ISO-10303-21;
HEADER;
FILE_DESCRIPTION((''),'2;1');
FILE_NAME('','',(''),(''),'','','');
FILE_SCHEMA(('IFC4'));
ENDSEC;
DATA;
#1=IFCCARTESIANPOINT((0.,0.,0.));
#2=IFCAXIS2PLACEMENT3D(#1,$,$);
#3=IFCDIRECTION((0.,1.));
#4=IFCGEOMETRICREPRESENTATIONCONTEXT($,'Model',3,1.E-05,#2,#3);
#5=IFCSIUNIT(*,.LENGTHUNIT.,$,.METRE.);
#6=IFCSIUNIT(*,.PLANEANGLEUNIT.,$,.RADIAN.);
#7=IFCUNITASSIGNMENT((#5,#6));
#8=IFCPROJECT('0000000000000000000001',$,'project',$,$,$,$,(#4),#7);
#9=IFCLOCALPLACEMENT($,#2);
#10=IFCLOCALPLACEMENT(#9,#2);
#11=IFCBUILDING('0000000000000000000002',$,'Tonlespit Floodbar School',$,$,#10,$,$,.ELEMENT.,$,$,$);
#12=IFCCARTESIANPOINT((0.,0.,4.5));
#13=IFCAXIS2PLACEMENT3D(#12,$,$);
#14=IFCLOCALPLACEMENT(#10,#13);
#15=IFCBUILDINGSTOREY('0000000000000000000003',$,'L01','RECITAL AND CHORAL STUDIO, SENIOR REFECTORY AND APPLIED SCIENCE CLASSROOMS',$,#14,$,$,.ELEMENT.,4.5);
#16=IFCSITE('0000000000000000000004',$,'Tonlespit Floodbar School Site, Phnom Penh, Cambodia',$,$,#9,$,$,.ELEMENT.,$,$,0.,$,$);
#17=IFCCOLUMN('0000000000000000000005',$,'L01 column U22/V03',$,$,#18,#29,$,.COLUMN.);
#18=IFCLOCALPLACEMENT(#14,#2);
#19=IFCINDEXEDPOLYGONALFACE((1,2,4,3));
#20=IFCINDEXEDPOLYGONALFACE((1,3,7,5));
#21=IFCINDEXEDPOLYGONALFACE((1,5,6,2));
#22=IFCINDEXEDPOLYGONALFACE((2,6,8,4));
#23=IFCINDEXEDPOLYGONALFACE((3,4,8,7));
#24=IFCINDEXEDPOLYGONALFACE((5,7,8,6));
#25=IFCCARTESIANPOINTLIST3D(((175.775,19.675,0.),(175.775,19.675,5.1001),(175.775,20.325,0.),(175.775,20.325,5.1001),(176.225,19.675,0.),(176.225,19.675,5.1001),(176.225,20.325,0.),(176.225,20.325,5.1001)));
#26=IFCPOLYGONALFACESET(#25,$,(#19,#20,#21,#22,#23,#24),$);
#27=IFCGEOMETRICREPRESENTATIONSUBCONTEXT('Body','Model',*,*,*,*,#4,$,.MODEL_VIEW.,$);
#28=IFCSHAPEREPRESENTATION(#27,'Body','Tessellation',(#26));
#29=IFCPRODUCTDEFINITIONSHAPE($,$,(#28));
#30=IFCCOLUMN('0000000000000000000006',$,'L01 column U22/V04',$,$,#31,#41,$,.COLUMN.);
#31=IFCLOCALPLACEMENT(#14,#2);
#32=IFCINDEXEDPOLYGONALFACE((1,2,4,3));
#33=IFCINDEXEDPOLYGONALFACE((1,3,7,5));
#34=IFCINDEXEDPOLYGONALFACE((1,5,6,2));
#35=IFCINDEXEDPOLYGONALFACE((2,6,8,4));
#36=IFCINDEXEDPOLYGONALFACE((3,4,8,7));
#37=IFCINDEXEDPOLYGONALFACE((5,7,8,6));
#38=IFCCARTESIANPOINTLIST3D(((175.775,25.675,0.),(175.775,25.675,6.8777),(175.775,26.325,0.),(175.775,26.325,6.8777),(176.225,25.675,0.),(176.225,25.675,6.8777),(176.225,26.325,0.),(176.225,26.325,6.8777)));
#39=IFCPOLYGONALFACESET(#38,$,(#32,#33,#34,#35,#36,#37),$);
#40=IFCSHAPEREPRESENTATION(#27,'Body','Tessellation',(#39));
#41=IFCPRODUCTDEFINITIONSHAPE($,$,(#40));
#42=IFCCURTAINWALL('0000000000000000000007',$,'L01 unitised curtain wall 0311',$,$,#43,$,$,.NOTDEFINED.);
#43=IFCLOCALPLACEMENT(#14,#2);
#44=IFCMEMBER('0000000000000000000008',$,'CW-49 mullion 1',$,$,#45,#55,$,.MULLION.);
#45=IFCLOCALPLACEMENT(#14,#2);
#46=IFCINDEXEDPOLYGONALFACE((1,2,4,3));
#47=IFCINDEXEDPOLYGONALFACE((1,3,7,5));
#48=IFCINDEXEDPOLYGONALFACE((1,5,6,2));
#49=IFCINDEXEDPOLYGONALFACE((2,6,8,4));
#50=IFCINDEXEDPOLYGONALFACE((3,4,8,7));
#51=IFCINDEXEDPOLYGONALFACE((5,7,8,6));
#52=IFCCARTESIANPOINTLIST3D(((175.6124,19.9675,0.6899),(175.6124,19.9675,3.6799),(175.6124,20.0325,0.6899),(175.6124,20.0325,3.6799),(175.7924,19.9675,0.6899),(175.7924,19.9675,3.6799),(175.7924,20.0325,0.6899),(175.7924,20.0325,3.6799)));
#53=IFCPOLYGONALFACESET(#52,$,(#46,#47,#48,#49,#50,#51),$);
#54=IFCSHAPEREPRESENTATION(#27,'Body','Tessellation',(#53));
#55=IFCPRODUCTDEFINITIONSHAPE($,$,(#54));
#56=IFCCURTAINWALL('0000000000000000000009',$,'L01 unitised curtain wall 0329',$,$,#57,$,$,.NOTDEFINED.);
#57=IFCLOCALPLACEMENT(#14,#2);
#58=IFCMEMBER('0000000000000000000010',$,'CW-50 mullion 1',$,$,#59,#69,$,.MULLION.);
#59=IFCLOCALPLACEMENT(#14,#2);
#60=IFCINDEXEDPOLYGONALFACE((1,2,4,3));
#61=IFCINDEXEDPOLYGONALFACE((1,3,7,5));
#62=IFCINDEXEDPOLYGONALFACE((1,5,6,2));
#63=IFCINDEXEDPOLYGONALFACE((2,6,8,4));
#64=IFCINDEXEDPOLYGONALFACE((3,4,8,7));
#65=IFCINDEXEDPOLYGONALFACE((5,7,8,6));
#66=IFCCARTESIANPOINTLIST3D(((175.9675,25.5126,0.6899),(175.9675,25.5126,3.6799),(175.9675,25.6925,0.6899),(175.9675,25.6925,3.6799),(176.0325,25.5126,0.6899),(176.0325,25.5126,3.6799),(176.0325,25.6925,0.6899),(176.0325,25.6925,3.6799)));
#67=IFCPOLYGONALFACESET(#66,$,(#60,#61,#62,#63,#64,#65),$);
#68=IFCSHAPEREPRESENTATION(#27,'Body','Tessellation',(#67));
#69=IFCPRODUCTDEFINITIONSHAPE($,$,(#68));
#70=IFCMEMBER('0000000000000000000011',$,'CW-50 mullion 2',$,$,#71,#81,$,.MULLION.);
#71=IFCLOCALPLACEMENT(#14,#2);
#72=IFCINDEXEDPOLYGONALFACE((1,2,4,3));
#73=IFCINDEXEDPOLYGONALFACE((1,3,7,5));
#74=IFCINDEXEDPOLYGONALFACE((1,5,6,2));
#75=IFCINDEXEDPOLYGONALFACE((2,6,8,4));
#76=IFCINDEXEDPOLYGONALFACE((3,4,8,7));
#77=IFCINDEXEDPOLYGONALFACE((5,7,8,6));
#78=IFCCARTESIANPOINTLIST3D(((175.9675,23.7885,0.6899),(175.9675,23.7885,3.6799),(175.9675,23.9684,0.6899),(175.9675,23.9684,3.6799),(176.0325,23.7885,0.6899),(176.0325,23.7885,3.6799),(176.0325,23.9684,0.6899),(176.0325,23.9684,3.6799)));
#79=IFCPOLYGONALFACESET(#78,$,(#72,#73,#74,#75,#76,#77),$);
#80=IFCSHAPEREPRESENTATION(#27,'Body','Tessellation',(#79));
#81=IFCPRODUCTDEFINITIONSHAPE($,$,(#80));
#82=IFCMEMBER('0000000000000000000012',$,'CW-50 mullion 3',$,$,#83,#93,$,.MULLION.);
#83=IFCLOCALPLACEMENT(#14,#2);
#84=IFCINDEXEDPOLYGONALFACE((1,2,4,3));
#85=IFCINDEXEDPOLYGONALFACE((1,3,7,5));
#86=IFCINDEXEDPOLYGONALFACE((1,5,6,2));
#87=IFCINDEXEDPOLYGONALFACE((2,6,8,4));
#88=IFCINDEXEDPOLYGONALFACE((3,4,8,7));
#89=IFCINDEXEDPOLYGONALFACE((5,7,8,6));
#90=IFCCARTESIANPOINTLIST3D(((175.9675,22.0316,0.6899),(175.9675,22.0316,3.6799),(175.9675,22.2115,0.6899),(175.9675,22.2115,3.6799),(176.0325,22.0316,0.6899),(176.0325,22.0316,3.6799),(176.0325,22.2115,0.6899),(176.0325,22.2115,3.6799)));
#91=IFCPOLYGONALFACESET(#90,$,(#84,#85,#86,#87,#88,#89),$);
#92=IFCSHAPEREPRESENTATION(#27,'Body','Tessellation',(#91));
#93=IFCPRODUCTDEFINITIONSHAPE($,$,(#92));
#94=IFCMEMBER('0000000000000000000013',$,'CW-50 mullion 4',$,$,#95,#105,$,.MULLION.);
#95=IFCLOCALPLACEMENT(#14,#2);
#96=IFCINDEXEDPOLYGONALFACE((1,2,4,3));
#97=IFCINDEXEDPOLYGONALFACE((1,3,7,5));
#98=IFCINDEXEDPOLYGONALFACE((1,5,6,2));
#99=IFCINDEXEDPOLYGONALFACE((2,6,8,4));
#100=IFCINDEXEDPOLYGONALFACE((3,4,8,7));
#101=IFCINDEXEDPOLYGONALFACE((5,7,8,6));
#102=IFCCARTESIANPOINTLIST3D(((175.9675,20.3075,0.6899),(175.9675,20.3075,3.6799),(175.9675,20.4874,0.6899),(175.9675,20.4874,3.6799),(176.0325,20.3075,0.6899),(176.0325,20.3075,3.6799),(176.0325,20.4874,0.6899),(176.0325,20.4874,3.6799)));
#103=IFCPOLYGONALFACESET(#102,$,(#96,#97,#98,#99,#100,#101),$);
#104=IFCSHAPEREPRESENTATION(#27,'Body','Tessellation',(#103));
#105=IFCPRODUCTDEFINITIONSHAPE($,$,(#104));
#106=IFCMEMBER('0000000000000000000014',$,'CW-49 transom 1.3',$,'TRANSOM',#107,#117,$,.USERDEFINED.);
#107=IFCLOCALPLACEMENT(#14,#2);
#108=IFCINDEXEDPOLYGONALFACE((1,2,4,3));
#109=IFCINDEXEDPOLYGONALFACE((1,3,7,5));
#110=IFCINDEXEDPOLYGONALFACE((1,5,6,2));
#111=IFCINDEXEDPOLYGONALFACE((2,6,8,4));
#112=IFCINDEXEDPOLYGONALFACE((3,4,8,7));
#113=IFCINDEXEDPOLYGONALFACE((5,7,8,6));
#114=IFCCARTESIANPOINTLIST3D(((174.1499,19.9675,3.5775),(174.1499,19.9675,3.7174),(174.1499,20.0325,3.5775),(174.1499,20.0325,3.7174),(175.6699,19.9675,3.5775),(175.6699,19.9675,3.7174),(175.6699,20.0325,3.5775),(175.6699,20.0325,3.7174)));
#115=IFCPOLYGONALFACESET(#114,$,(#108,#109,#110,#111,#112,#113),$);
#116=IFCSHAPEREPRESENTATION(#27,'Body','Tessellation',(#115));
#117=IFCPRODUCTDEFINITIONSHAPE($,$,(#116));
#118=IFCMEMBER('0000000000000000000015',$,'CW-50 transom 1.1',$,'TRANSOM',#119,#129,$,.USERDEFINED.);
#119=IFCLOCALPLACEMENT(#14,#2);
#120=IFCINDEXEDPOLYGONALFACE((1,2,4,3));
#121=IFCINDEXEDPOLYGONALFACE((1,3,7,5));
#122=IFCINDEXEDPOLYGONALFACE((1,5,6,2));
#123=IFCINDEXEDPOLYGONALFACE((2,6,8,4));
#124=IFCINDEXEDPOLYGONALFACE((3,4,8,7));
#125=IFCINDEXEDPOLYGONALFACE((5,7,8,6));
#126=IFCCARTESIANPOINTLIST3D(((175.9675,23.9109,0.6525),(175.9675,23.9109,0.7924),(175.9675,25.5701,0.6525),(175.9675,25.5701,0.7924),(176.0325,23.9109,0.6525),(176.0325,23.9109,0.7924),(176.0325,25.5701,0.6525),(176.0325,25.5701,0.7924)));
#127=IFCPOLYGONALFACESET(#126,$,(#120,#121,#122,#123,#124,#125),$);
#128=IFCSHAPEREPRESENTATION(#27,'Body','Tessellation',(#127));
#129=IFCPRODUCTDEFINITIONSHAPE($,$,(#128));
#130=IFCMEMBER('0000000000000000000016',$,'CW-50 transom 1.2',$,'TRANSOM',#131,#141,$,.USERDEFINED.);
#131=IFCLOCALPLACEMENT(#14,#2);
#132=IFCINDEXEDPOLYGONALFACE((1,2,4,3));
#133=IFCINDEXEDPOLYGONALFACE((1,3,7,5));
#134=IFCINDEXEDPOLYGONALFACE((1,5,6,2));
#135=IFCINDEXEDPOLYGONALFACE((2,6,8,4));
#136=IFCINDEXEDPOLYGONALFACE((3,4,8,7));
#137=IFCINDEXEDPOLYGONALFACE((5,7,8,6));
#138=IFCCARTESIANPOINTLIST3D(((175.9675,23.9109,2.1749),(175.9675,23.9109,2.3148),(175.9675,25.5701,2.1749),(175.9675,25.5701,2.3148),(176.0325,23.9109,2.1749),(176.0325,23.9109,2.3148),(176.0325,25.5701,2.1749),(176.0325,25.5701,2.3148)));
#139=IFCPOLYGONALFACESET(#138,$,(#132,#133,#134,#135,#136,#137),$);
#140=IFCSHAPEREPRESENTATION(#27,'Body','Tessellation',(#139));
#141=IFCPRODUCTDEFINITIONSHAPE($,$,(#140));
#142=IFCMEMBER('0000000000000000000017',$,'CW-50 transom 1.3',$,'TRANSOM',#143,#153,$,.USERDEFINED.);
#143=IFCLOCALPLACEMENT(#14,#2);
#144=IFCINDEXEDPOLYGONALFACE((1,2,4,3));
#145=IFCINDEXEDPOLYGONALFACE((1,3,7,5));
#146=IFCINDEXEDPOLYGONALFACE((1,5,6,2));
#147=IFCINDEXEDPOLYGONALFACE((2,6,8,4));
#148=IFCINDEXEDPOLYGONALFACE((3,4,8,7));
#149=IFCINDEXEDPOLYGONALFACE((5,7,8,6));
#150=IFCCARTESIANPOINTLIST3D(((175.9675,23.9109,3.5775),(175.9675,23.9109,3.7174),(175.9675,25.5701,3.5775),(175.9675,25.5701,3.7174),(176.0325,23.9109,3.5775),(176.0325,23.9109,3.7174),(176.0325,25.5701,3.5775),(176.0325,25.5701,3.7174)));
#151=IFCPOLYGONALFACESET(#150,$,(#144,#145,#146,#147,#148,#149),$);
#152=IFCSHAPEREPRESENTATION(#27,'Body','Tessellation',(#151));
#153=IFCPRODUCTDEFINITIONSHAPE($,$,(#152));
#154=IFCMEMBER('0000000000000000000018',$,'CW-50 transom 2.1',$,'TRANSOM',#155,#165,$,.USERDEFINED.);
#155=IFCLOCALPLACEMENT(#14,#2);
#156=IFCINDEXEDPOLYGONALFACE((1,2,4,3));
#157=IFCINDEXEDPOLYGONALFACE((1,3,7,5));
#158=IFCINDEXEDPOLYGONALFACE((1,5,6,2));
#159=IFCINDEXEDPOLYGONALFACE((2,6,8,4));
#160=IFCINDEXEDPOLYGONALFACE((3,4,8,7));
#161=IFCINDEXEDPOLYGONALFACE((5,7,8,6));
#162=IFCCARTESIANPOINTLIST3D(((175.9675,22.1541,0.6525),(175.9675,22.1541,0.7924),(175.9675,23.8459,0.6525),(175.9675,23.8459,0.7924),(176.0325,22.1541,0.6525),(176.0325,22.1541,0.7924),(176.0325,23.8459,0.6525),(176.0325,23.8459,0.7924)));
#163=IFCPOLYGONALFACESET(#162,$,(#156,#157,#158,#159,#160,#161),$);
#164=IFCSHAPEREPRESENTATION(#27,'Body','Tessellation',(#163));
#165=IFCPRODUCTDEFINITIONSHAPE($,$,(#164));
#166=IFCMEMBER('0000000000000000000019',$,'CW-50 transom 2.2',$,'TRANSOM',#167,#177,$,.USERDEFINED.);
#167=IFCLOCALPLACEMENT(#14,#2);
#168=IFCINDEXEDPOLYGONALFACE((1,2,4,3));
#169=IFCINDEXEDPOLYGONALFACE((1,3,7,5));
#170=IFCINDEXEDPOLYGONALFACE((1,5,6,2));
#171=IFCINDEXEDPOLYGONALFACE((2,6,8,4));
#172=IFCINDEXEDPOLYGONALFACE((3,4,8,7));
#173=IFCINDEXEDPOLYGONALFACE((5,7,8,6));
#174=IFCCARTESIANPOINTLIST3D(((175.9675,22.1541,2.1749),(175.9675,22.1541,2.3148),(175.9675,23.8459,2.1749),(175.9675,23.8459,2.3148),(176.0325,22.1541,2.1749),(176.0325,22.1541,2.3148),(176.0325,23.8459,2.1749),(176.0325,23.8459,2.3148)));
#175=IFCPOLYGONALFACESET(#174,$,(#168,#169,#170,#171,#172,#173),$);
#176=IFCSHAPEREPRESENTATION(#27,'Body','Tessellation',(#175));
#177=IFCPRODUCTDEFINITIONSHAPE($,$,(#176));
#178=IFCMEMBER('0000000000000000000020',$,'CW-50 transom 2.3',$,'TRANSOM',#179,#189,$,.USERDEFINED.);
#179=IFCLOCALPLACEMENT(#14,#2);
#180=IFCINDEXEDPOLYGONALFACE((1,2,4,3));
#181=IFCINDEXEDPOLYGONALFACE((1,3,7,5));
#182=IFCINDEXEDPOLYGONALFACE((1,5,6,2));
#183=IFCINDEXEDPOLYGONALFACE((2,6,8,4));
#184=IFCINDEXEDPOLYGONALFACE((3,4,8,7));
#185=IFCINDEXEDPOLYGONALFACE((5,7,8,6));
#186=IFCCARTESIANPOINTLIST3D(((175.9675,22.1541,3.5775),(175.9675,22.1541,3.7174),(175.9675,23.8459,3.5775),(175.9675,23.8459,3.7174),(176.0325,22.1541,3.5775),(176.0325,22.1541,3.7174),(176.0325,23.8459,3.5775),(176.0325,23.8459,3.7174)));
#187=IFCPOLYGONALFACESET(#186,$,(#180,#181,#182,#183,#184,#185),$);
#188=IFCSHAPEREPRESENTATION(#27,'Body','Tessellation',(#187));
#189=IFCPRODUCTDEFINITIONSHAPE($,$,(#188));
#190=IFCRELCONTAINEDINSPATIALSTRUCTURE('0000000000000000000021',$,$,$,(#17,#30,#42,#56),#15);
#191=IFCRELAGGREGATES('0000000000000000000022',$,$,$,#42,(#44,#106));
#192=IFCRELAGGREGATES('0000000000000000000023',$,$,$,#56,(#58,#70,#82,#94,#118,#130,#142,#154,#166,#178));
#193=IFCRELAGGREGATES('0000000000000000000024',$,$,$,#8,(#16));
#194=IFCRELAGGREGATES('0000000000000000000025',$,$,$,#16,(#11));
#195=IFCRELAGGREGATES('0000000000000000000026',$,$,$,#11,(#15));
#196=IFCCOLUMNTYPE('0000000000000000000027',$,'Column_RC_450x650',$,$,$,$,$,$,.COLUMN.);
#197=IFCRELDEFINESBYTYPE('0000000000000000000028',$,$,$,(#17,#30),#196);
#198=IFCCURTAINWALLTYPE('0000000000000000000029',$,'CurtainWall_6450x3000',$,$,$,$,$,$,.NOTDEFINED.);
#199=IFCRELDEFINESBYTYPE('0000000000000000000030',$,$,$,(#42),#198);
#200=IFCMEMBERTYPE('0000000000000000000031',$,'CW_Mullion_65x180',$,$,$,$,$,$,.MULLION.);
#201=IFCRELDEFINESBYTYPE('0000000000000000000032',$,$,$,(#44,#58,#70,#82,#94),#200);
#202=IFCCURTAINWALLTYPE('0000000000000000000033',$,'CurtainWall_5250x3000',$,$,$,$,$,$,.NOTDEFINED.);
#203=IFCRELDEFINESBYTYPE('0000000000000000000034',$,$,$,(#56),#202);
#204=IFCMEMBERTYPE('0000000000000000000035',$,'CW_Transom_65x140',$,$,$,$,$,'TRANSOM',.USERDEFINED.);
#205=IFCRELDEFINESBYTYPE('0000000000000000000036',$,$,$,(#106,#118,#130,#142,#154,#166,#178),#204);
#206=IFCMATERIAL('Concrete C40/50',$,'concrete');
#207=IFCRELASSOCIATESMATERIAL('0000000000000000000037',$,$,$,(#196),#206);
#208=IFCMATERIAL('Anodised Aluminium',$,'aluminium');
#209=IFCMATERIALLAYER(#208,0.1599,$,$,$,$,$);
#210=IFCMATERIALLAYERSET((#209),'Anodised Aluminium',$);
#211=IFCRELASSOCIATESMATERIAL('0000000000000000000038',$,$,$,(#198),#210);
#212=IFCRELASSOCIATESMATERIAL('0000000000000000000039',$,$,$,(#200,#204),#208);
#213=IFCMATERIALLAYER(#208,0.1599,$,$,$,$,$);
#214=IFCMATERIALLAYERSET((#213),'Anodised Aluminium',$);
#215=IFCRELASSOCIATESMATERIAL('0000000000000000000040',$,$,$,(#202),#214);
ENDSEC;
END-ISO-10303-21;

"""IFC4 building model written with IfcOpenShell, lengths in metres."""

from ifc_helpers import new_model, si_unit, direction, frame, origin, origin_2d, place, context, subcontext, project, spatial, rectangle, extrude, material, layer, layer_set, material_profile, profile_set, type_object, element, aggregate, save


model = new_model("IFC4")

# Units and contexts
model_context = context("Model", 3, precision=1e-05, world=origin(), true_north=direction((0.0, 1.0)))
body_context = subcontext(model_context, "Body", "Model", "MODEL_VIEW")
ifc_project = project(units=[si_unit("LENGTHUNIT", "METRE"), si_unit("PLANEANGLEUNIT", "RADIAN")], contexts=[model_context])

# Site, building, storey
site_placement = place(None, origin())
site = spatial("IfcSite", under=ifc_project, at=site_placement, Name="Tonlespit Floodbar School Site, Phnom Penh, Cambodia", CompositionType="ELEMENT", RefElevation=0.0)
building_placement = place(site_placement, origin())
building = spatial("IfcBuilding", under=site, at=building_placement, Name="Tonlespit Floodbar School", CompositionType="ELEMENT")
storey_placement = place(building_placement, frame((0.0, 0.0, 4.5)))
storey = spatial("IfcBuildingStorey", under=building, at=storey_placement, Name="L01", Description="RECITAL AND CHORAL STUDIO, SENIOR REFECTORY AND APPLIED SCIENCE CLASSROOMS", CompositionType="ELEMENT", Elevation=4.5)

# Columns
ifc_material_1 = material(Name="Concrete C40/50", Category="concrete")
ifc_material_profile_1 = material_profile(ifc_material_1, rectangle(XDim=0.45, YDim=0.6499, at=origin_2d()), Name="RC 450x650")
ifc_profile_set_1 = profile_set([ifc_material_profile_1], Name="Concrete C40/50")
column_type = type_object("IfcColumnType", Name="Column_RC_450x650", PredefinedType="COLUMN", material=ifc_profile_set_1)
column_1_placement = place(storey_placement, frame((176.0, 20.0, 0.0), z_axis=(0.0, 0.0, 1.0), x_axis=(1.0, 0.0, 0.0)))
element("IfcColumn", 1, at=column_1_placement, inside=storey, type_object=column_type, Name="L01 column U22/V03", PredefinedType="COLUMN", context=body_context, shape_type="SweptSolid", body=[
    extrude(rectangle(XDim=0.45, YDim=0.6499, at=origin_2d()), origin(), (0.0, 0.0, 1.0), 5.1001),
])
column_2_placement = place(storey_placement, frame((176.0, 26.0, 0.0), z_axis=(0.0, 0.0, 1.0), x_axis=(1.0, 0.0, 0.0)))
element("IfcColumn", 2, at=column_2_placement, inside=storey, type_object=column_type, Name="L01 column U22/V04", PredefinedType="COLUMN", context=body_context, shape_type="SweptSolid", body=[
    extrude(rectangle(XDim=0.45, YDim=0.6499, at=origin_2d()), origin(), (0.0, 0.0, 1.0), 6.8777),
])

# Curtain wall, member
ifc_material_2 = material(Name="Anodised Aluminium", Category="aluminium")
ifc_layer_1 = layer(ifc_material_2, 0.1599)
ifc_layer_set_1 = layer_set([ifc_layer_1], Name="Anodised Aluminium")
curtain_wall_type_1 = type_object("IfcCurtainWallType", Name="CurtainWall_6450x3000", PredefinedType="NOTDEFINED", material=ifc_layer_set_1)
curtain_wall_1_placement = place(storey_placement, origin())
curtain_wall_1 = element("IfcCurtainWall", 3, at=curtain_wall_1_placement, inside=storey, type_object=curtain_wall_type_1, Name="L01 unitised curtain wall 0311", PredefinedType="NOTDEFINED")
ifc_material_profile_2 = material_profile(ifc_material_2, rectangle(XDim=0.0649, YDim=0.1799, at=origin_2d()), Name="ALU M65x180")
ifc_profile_set_2 = profile_set([ifc_material_profile_2], Name="Anodised Aluminium")
member_type_1 = type_object("IfcMemberType", Name="CW_Mullion_65x180", PredefinedType="MULLION", material=ifc_profile_set_2)
member_1_placement = place(storey_placement, frame((175.7024, 20.0, 0.6899), z_axis=(0.0, 0.0, 1.0), x_axis=(0.0, -1.0, 0.0)))
member_1 = element("IfcMember", 4, at=member_1_placement, type_object=member_type_1, Name="CW-49 mullion 1", PredefinedType="MULLION", context=body_context, shape_type="SweptSolid", body=[
    extrude(rectangle(XDim=0.0649, YDim=0.1799, at=origin_2d()), origin(), (0.0, 0.0, 1.0), 2.99),
])

# Curtain wall, members
ifc_layer_2 = layer(ifc_material_2, 0.1599)
ifc_layer_set_2 = layer_set([ifc_layer_2], Name="Anodised Aluminium")
curtain_wall_type_2 = type_object("IfcCurtainWallType", Name="CurtainWall_5250x3000", PredefinedType="NOTDEFINED", material=ifc_layer_set_2)
curtain_wall_2_placement = place(storey_placement, origin())
curtain_wall_2 = element("IfcCurtainWall", 5, at=curtain_wall_2_placement, inside=storey, type_object=curtain_wall_type_2, Name="L01 unitised curtain wall 0329", PredefinedType="NOTDEFINED")
member_2_placement = place(storey_placement, frame((176.0, 25.6025, 0.6899), z_axis=(0.0, 0.0, 1.0), x_axis=(1.0, 0.0, 0.0)))
member_2 = element("IfcMember", 6, at=member_2_placement, type_object=member_type_1, Name="CW-50 mullion 1", PredefinedType="MULLION", context=body_context, shape_type="SweptSolid", body=[
    extrude(rectangle(XDim=0.0649, YDim=0.1799, at=origin_2d()), origin(), (0.0, 0.0, 1.0), 2.99),
])
member_3_placement = place(storey_placement, frame((176.0, 23.8784, 0.6899), z_axis=(0.0, 0.0, 1.0), x_axis=(1.0, 0.0, 0.0)))
member_3 = element("IfcMember", 7, at=member_3_placement, type_object=member_type_1, Name="CW-50 mullion 2", PredefinedType="MULLION", context=body_context, shape_type="SweptSolid", body=[
    extrude(rectangle(XDim=0.0649, YDim=0.1799, at=origin_2d()), origin(), (0.0, 0.0, 1.0), 2.99),
])
member_4_placement = place(storey_placement, frame((176.0, 22.1216, 0.6899), z_axis=(0.0, 0.0, 1.0), x_axis=(1.0, 0.0, 0.0)))
member_4 = element("IfcMember", 8, at=member_4_placement, type_object=member_type_1, Name="CW-50 mullion 3", PredefinedType="MULLION", context=body_context, shape_type="SweptSolid", body=[
    extrude(rectangle(XDim=0.0649, YDim=0.1799, at=origin_2d()), origin(), (0.0, 0.0, 1.0), 2.99),
])
member_5_placement = place(storey_placement, frame((176.0, 20.3975, 0.6899), z_axis=(0.0, 0.0, 1.0), x_axis=(1.0, 0.0, 0.0)))
member_5 = element("IfcMember", 9, at=member_5_placement, type_object=member_type_1, Name="CW-50 mullion 4", PredefinedType="MULLION", context=body_context, shape_type="SweptSolid", body=[
    extrude(rectangle(XDim=0.0649, YDim=0.1799, at=origin_2d()), origin(), (0.0, 0.0, 1.0), 2.99),
])

# Members
ifc_material_profile_3 = material_profile(ifc_material_2, rectangle(XDim=0.0649, YDim=0.1399, at=origin_2d()), Name="ALU T65x140")
ifc_profile_set_3 = profile_set([ifc_material_profile_3], Name="Anodised Aluminium")
member_type_2 = type_object("IfcMemberType", Name="CW_Transom_65x140", ElementType="TRANSOM", PredefinedType="USERDEFINED", material=ifc_profile_set_3)
member_6_placement = place(storey_placement, frame((175.6699, 20.0, 3.6475), z_axis=(-1.0, 0.0, 0.0), x_axis=(0.0, -1.0, 0.0)))
member_6 = element("IfcMember", 10, at=member_6_placement, type_object=member_type_2, Name="CW-49 transom 1.3", ObjectType="TRANSOM", PredefinedType="USERDEFINED", context=body_context, shape_type="SweptSolid", body=[
    extrude(rectangle(XDim=0.0649, YDim=0.1399, at=origin_2d()), origin(), (0.0, 0.0, 1.0), 1.52),
])
aggregate(curtain_wall_1, [member_1, member_6])
member_7_placement = place(storey_placement, frame((176.0, 25.5701, 0.7224), z_axis=(0.0, -1.0, 0.0), x_axis=(1.0, 0.0, 0.0)))
member_7 = element("IfcMember", 11, at=member_7_placement, type_object=member_type_2, Name="CW-50 transom 1.1", ObjectType="TRANSOM", PredefinedType="USERDEFINED", context=body_context, shape_type="SweptSolid", body=[
    extrude(rectangle(XDim=0.0649, YDim=0.1399, at=origin_2d()), origin(), (0.0, 0.0, 1.0), 1.6592),
])
member_8_placement = place(storey_placement, frame((176.0, 25.5701, 2.2449), z_axis=(0.0, -1.0, 0.0), x_axis=(1.0, 0.0, 0.0)))
member_8 = element("IfcMember", 12, at=member_8_placement, type_object=member_type_2, Name="CW-50 transom 1.2", ObjectType="TRANSOM", PredefinedType="USERDEFINED", context=body_context, shape_type="SweptSolid", body=[
    extrude(rectangle(XDim=0.0649, YDim=0.1399, at=origin_2d()), origin(), (0.0, 0.0, 1.0), 1.6592),
])
member_9_placement = place(storey_placement, frame((176.0, 25.5701, 3.6475), z_axis=(0.0, -1.0, 0.0), x_axis=(1.0, 0.0, 0.0)))
member_9 = element("IfcMember", 13, at=member_9_placement, type_object=member_type_2, Name="CW-50 transom 1.3", ObjectType="TRANSOM", PredefinedType="USERDEFINED", context=body_context, shape_type="SweptSolid", body=[
    extrude(rectangle(XDim=0.0649, YDim=0.1399, at=origin_2d()), origin(), (0.0, 0.0, 1.0), 1.6592),
])
member_10_placement = place(storey_placement, frame((176.0, 23.8459, 0.7224), z_axis=(0.0, -1.0, 0.0), x_axis=(1.0, 0.0, 0.0)))
member_10 = element("IfcMember", 14, at=member_10_placement, type_object=member_type_2, Name="CW-50 transom 2.1", ObjectType="TRANSOM", PredefinedType="USERDEFINED", context=body_context, shape_type="SweptSolid", body=[
    extrude(rectangle(XDim=0.0649, YDim=0.1399, at=origin_2d()), origin(), (0.0, 0.0, 1.0), 1.6919),
])
member_11_placement = place(storey_placement, frame((176.0, 23.8459, 2.2449), z_axis=(0.0, -1.0, 0.0), x_axis=(1.0, 0.0, 0.0)))
member_11 = element("IfcMember", 15, at=member_11_placement, type_object=member_type_2, Name="CW-50 transom 2.2", ObjectType="TRANSOM", PredefinedType="USERDEFINED", context=body_context, shape_type="SweptSolid", body=[
    extrude(rectangle(XDim=0.0649, YDim=0.1399, at=origin_2d()), origin(), (0.0, 0.0, 1.0), 1.6919),
])
member_12_placement = place(storey_placement, frame((176.0, 23.8459, 3.6475), z_axis=(0.0, -1.0, 0.0), x_axis=(1.0, 0.0, 0.0)))
member_12 = element("IfcMember", 16, at=member_12_placement, type_object=member_type_2, Name="CW-50 transom 2.3", ObjectType="TRANSOM", PredefinedType="USERDEFINED", context=body_context, shape_type="SweptSolid", body=[
    extrude(rectangle(XDim=0.0649, YDim=0.1399, at=origin_2d()), origin(), (0.0, 0.0, 1.0), 1.6919),
])

aggregate(curtain_wall_2, [member_2, member_3, member_4, member_5, member_7, member_8, member_9, member_10, member_11, member_12])

save(model, "model.ifc")
